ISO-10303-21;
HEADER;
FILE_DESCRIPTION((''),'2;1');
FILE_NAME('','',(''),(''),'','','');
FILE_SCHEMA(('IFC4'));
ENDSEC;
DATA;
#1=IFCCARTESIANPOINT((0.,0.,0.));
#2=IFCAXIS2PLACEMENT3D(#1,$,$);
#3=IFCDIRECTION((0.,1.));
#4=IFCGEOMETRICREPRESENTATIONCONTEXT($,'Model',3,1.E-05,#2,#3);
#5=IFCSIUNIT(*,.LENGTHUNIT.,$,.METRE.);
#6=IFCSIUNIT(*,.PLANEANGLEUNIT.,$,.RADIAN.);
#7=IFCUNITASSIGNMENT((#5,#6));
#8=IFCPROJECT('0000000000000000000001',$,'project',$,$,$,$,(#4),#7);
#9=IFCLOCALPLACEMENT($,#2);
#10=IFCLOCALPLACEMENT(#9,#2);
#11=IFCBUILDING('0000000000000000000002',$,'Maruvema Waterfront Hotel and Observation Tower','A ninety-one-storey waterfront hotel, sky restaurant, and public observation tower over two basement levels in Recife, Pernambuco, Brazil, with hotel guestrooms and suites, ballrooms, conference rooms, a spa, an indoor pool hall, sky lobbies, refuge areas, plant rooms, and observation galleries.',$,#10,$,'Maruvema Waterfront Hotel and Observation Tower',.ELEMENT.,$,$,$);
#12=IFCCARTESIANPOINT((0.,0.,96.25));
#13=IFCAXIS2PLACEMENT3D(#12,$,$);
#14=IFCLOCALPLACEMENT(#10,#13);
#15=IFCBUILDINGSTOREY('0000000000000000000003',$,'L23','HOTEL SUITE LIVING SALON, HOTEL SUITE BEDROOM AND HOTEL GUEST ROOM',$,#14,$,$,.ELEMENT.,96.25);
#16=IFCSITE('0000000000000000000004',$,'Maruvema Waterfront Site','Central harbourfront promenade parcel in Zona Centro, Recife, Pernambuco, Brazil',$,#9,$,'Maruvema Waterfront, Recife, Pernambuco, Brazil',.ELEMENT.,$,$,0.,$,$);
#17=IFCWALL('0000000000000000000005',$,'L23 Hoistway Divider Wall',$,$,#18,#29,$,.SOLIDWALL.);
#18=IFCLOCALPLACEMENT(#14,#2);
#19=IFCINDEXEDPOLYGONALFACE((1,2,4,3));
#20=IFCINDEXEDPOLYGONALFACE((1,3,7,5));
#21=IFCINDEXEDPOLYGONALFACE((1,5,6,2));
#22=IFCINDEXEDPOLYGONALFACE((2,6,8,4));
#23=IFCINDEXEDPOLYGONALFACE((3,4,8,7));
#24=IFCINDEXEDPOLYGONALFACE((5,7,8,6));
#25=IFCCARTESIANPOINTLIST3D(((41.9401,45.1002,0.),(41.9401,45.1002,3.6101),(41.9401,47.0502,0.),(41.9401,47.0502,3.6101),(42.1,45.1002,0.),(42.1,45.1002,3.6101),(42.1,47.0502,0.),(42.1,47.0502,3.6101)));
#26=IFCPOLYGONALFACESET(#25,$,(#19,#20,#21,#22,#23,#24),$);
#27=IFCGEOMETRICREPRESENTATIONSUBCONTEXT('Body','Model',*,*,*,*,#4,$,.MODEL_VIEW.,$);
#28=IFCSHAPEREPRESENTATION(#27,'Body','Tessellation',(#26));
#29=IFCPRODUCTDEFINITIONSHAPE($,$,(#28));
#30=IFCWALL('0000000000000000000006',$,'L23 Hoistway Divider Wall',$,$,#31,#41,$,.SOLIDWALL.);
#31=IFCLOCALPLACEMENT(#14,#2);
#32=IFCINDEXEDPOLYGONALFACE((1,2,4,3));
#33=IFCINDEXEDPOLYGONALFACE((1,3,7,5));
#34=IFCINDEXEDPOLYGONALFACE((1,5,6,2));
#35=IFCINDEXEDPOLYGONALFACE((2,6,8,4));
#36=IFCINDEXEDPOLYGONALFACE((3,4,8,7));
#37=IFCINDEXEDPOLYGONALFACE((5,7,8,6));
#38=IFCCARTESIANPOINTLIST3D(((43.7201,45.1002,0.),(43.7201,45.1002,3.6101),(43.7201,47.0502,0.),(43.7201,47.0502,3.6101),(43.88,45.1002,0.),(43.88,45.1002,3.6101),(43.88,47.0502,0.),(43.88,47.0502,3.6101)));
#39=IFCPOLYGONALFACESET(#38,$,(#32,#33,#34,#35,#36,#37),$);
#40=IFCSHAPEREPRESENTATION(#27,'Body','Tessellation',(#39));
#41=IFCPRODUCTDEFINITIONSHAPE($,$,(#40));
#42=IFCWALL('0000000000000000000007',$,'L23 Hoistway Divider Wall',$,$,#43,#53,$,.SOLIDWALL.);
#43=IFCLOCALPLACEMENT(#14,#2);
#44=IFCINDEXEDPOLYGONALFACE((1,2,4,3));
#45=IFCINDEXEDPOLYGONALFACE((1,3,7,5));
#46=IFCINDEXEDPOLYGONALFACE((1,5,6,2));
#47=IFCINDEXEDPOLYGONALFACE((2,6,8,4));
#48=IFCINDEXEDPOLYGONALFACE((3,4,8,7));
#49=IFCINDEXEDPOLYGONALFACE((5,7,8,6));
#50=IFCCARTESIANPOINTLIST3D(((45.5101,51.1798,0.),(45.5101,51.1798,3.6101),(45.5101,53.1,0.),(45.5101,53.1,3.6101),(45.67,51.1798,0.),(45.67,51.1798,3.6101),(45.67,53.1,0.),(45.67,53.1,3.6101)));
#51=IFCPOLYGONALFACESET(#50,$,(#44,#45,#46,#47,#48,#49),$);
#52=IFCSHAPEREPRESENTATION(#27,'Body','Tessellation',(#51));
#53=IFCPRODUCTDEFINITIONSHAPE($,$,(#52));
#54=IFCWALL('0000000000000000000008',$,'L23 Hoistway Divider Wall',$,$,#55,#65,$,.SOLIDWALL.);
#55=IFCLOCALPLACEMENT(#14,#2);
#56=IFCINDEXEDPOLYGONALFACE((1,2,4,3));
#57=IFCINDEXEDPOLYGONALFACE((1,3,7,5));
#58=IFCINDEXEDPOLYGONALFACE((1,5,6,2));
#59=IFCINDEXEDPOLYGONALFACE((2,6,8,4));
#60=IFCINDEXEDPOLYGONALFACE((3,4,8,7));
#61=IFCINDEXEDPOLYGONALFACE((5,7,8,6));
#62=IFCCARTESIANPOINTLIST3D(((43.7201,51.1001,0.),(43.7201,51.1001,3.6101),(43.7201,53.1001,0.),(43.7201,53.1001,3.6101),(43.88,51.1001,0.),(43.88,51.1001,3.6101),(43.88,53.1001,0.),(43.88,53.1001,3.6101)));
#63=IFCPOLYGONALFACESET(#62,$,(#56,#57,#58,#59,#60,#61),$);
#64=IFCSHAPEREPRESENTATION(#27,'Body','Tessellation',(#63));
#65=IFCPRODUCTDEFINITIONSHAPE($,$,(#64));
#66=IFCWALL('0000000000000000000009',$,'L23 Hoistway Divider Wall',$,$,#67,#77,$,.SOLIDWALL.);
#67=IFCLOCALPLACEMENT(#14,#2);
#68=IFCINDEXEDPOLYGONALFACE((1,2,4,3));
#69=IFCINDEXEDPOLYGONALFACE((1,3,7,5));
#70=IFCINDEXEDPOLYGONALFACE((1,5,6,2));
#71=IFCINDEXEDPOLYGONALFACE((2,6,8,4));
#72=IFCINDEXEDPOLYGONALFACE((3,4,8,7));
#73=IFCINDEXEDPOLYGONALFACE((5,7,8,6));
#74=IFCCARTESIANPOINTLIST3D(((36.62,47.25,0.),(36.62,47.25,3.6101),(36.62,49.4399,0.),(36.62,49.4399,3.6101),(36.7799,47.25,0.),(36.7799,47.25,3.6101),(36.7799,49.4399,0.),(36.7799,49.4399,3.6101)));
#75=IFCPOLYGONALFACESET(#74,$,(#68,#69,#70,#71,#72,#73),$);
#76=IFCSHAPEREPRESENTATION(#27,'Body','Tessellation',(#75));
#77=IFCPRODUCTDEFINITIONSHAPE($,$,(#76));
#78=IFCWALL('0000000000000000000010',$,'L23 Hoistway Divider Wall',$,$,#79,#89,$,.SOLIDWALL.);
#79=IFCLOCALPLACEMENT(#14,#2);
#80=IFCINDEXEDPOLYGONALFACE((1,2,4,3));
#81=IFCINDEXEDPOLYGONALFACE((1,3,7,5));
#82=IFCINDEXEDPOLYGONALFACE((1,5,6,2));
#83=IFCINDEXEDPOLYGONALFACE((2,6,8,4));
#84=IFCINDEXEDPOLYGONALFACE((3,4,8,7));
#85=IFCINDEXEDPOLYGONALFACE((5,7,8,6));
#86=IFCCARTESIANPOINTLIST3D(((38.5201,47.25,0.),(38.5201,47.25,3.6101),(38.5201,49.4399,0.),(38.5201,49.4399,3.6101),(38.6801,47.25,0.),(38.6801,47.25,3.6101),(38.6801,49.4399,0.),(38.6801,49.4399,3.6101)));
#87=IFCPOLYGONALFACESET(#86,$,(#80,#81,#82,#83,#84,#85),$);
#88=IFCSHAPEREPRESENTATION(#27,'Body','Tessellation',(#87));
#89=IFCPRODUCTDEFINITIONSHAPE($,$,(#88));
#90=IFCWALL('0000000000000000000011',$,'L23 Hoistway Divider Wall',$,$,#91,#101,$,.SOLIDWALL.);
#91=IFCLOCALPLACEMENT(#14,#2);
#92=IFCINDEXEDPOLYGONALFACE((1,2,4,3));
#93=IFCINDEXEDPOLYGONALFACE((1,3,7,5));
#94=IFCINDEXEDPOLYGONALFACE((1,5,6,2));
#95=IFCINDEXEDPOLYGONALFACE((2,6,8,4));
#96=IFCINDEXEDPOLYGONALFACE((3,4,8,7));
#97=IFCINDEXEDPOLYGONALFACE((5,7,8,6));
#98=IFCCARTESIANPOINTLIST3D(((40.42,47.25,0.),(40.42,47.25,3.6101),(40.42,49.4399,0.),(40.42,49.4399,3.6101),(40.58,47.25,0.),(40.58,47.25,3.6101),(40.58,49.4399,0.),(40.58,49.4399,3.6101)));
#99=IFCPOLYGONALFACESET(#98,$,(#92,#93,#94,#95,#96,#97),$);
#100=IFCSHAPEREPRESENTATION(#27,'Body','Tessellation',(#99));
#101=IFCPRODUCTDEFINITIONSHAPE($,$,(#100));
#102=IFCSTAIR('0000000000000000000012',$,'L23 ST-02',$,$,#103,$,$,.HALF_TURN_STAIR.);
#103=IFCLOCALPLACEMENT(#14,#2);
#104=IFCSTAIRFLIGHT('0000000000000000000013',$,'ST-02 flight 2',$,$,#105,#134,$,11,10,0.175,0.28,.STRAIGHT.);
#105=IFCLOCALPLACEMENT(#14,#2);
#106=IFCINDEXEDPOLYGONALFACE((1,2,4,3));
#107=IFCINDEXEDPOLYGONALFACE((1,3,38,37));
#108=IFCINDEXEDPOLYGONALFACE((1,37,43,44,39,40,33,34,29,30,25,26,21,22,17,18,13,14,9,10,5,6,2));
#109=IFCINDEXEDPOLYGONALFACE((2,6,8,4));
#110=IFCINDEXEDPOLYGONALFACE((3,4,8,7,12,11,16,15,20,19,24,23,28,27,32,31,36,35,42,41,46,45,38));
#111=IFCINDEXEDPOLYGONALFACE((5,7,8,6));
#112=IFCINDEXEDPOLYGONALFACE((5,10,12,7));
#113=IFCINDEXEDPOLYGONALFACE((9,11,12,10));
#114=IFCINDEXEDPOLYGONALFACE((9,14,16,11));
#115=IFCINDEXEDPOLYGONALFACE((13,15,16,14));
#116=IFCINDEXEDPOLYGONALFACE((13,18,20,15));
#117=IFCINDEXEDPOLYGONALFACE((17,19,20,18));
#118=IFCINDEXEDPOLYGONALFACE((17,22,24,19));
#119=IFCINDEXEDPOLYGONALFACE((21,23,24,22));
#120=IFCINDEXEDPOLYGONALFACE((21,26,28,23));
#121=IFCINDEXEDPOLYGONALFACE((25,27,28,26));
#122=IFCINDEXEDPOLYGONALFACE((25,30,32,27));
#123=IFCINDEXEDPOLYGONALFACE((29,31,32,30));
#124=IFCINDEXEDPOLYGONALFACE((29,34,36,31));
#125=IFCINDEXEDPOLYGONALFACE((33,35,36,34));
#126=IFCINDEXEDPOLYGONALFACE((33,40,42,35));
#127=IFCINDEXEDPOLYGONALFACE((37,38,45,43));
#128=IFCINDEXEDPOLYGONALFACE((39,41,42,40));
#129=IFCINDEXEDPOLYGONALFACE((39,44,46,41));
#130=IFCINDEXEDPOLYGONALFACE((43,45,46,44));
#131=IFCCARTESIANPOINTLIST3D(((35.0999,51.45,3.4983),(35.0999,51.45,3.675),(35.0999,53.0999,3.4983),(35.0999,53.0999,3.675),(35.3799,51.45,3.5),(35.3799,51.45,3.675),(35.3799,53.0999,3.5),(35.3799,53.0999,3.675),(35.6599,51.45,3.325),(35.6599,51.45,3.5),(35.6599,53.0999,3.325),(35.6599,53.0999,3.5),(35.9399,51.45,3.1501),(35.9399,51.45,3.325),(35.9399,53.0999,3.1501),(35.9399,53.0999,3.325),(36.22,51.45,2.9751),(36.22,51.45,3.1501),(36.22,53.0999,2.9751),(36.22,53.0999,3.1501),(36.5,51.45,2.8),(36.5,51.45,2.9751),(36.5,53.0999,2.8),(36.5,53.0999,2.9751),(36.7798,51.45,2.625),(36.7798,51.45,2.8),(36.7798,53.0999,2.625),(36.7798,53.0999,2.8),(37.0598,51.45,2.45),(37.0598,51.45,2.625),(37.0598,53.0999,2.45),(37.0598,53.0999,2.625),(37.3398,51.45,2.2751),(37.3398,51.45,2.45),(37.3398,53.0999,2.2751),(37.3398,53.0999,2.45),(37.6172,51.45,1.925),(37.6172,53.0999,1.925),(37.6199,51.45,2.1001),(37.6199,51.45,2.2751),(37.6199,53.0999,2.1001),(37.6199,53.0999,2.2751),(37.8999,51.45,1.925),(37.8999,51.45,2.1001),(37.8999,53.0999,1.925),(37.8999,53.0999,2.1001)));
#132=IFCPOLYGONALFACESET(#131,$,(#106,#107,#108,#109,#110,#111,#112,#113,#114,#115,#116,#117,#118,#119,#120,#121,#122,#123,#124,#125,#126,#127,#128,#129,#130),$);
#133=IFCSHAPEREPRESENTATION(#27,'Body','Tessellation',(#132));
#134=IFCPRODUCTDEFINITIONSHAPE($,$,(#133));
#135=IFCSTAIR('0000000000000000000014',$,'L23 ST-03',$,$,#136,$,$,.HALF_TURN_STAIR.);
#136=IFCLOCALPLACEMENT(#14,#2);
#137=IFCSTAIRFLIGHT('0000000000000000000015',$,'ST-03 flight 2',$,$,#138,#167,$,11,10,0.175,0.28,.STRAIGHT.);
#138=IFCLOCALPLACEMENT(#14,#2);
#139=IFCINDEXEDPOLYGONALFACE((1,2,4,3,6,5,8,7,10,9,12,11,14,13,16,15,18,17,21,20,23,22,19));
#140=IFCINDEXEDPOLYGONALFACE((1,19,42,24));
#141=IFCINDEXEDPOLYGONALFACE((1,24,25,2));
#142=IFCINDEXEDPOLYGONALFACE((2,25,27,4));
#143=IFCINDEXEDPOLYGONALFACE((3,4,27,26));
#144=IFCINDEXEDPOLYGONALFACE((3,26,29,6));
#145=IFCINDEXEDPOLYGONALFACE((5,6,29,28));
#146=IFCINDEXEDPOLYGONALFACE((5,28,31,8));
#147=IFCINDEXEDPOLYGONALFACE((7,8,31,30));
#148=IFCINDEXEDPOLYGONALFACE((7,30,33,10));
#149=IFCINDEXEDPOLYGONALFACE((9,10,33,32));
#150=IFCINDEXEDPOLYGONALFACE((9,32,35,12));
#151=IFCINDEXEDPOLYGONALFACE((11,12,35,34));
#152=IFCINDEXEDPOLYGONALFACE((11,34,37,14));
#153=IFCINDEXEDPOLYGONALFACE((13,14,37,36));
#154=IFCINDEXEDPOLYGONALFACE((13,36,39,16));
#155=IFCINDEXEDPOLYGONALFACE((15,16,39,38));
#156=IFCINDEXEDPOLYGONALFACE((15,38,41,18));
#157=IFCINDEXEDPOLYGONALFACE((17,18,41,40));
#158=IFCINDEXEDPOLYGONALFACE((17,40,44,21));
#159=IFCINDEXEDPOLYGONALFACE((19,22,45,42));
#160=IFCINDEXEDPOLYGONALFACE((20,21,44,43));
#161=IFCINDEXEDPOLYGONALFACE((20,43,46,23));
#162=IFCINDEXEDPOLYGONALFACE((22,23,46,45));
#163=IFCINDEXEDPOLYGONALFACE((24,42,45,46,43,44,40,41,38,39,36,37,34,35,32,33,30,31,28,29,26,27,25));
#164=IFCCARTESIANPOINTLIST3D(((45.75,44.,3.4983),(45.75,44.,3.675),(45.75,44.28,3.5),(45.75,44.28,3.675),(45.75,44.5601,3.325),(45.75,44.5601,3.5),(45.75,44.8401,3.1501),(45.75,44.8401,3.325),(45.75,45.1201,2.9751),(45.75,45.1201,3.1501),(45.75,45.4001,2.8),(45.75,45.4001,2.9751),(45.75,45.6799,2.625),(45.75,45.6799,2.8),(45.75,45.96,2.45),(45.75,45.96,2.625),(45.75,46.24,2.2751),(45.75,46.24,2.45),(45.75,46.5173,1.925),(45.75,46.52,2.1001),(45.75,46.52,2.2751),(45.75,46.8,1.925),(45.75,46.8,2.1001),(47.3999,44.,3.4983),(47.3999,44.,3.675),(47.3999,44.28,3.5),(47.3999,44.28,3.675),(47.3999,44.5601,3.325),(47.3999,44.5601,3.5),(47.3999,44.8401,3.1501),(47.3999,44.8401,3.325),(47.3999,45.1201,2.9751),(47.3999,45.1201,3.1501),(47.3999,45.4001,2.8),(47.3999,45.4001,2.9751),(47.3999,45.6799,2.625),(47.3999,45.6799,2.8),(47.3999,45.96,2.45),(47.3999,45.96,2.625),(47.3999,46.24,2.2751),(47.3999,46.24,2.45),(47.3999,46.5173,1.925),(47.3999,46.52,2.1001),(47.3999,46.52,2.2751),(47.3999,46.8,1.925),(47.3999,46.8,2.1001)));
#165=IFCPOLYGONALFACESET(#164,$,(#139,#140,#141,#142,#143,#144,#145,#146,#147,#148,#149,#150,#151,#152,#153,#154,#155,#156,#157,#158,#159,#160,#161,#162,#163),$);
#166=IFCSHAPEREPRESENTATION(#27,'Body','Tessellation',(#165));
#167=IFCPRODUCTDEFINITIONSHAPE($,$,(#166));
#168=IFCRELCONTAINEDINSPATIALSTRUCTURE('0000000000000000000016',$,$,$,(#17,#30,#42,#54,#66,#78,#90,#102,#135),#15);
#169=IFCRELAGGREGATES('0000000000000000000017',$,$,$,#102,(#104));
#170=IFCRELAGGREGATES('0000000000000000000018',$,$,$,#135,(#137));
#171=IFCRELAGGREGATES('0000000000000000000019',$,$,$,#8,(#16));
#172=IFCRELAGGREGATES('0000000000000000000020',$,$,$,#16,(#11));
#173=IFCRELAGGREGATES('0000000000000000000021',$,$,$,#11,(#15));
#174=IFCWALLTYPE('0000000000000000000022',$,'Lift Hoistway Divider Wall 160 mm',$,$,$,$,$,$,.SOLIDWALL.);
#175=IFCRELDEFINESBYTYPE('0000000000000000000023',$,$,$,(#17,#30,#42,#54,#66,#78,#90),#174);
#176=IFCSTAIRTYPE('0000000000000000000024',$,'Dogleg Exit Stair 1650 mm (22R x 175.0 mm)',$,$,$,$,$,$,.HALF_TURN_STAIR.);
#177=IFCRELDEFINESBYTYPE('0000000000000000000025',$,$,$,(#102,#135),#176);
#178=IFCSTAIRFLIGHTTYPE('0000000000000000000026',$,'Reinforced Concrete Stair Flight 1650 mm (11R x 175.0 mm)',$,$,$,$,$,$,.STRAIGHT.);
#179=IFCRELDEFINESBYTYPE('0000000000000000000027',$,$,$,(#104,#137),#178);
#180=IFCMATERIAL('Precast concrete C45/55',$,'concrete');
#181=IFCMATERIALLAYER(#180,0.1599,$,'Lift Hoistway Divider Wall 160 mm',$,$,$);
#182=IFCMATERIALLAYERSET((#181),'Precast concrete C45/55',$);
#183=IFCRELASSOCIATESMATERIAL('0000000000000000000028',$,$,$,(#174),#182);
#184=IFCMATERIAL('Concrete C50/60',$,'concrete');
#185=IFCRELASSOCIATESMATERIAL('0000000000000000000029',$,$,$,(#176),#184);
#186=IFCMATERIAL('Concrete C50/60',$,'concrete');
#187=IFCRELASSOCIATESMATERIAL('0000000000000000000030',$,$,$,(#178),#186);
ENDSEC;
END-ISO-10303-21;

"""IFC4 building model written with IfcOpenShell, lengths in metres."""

from ifc_helpers import new_model, si_unit, direction, frame, frame_2d, origin, place, context, subcontext, project, spatial, polyline, rectangle, outline, extrude, material, layer, layer_set, type_object, element, aggregate, save


model = new_model("IFC4")

# Units and contexts
model_context = context("Model", 3, precision=1e-05, world=origin(), true_north=direction((0.0, 1.0)))
body_context = subcontext(model_context, "Body", "Model", "MODEL_VIEW")
ifc_project = project(units=[si_unit("LENGTHUNIT", "METRE"), si_unit("PLANEANGLEUNIT", "RADIAN")], contexts=[model_context])

# Site, building, storey
site_placement = place(None, origin())
site = spatial("IfcSite", under=ifc_project, at=site_placement, Name="Maruvema Waterfront Site", Description="Central harbourfront promenade parcel in Zona Centro, Recife, Pernambuco, Brazil", LongName="Maruvema Waterfront, Recife, Pernambuco, Brazil", CompositionType="ELEMENT", RefElevation=0.0)
building_placement = place(site_placement, origin())
building = spatial("IfcBuilding", under=site, at=building_placement, Name="Maruvema Waterfront Hotel and Observation Tower", Description="A ninety-one-storey waterfront hotel, sky restaurant, and public observation tower over two basement levels in Recife, Pernambuco, Brazil, with hotel guestrooms and suites, ballrooms, conference rooms, a spa, an indoor pool hall, sky lobbies, refuge areas, plant rooms, and observation galleries.", LongName="Maruvema Waterfront Hotel and Observation Tower", CompositionType="ELEMENT")
storey_placement = place(building_placement, frame((0.0, 0.0, 96.25)))
storey = spatial("IfcBuildingStorey", under=building, at=storey_placement, Name="L23", Description="HOTEL SUITE LIVING SALON, HOTEL SUITE BEDROOM AND HOTEL GUEST ROOM", CompositionType="ELEMENT", Elevation=96.25)

# Walls
ifc_material_1 = material(Name="Precast concrete C45/55", Category="concrete")
ifc_layer_1 = layer(ifc_material_1, 0.1599, Name="Lift Hoistway Divider Wall 160 mm")
ifc_layer_set_1 = layer_set([ifc_layer_1], Name="Precast concrete C45/55")
wall_type_1 = type_object("IfcWallType", Name="Lift Hoistway Divider Wall 160 mm", PredefinedType="SOLIDWALL", material=ifc_layer_set_1)
for number, where, z_axis, x_axis, name in (
    (1, (42.02, 45.1001, 0.0), (0.0, 0.0, 1.0), (0.0, 1.0, 0.0), "L23 Hoistway Divider Wall"),
    (2, (43.8, 45.1001, 0.0), (0.0, 0.0, 1.0), (0.0, 1.0, 0.0), "L23 Hoistway Divider Wall"),
):
    element("IfcWall", number, at=place(storey_placement, frame(where, z_axis=z_axis, x_axis=x_axis)), inside=storey, type_object=wall_type_1, Name=name, PredefinedType="SOLIDWALL", context=body_context, shape_type="SweptSolid", body=[
        extrude(rectangle(XDim=1.95, YDim=0.1599, at=frame_2d((0.9751, 0.0))), origin(), (0.0, 0.0, 1.0), 3.6101),
    ])
wall_1_placement = place(storey_placement, frame((45.5901, 51.1799, 0.0), z_axis=(0.0, 0.0, 1.0), x_axis=(0.0, 1.0, 0.0)))
element("IfcWall", 3, at=wall_1_placement, inside=storey, type_object=wall_type_1, Name="L23 Hoistway Divider Wall", PredefinedType="SOLIDWALL", context=body_context, shape_type="SweptSolid", body=[
    extrude(rectangle(XDim=1.9202, YDim=0.1599, at=frame_2d((0.96, 0.0))), origin(), (0.0, 0.0, 1.0), 3.6101),
])
wall_2_placement = place(storey_placement, frame((43.8, 51.1001, 0.0), z_axis=(0.0, 0.0, 1.0), x_axis=(0.0, 1.0, 0.0)))
element("IfcWall", 4, at=wall_2_placement, inside=storey, type_object=wall_type_1, Name="L23 Hoistway Divider Wall", PredefinedType="SOLIDWALL", context=body_context, shape_type="SweptSolid", body=[
    extrude(rectangle(XDim=2.0, YDim=0.1599, at=frame_2d((1.0, 0.0))), origin(), (0.0, 0.0, 1.0), 3.6101),
])
for number, where, z_axis, x_axis, name in (
    (5, (36.7, 47.25, 0.0), (0.0, 0.0, 1.0), (0.0, 1.0, 0.0), "L23 Hoistway Divider Wall"),
    (6, (38.6001, 47.25, 0.0), (0.0, 0.0, 1.0), (0.0, 1.0, 0.0), "L23 Hoistway Divider Wall"),
    (7, (40.5, 47.25, 0.0), (0.0, 0.0, 1.0), (0.0, 1.0, 0.0), "L23 Hoistway Divider Wall"),
):
    element("IfcWall", number, at=place(storey_placement, frame(where, z_axis=z_axis, x_axis=x_axis)), inside=storey, type_object=wall_type_1, Name=name, PredefinedType="SOLIDWALL", context=body_context, shape_type="SweptSolid", body=[
        extrude(rectangle(XDim=2.1899, YDim=0.1599, at=frame_2d((1.095, 0.0))), origin(), (0.0, 0.0, 1.0), 3.6101),
    ])

# Stairs, stair flights
ifc_material_2 = material(Name="Concrete C50/60", Category="concrete")
stair_type = type_object("IfcStairType", Name="Dogleg Exit Stair 1650 mm (22R x 175.0 mm)", PredefinedType="HALF_TURN_STAIR", material=ifc_material_2)
stair_1_placement = place(storey_placement, origin())
stair_1 = element("IfcStair", 8, at=stair_1_placement, inside=storey, type_object=stair_type, Name="L23 ST-02", PredefinedType="HALF_TURN_STAIR")
ifc_material_3 = material(Name="Concrete C50/60", Category="concrete")
stair_flight_type = type_object("IfcStairFlightType", Name="Reinforced Concrete Stair Flight 1650 mm (11R x 175.0 mm)", PredefinedType="STRAIGHT", material=ifc_material_3)
stair_flight_1_placement = place(storey_placement, frame((37.8999, 52.2749, 1.925), z_axis=(0.0, 0.0, 1.0), x_axis=(-1.0, 0.0, 0.0)))
stair_flight_1 = element("IfcStairFlight", 9, at=stair_flight_1_placement, type_object=stair_flight_type, Name="ST-02 flight 2", NumberOfRisers=11, NumberOfTreads=10, PredefinedType="STRAIGHT", RiserHeight=0.175, TreadLength=0.28, context=body_context, shape_type="SweptSolid", body=[
    extrude(outline(polyline([(0.0, 0.0), (0.0, 0.175), (0.28, 0.175), (0.28, 0.3501), (0.5601, 0.3501), (0.5601, 0.5249), (0.8401, 0.5249), (0.8401, 0.7), (1.1201, 0.7), (1.1201, 0.875), (1.3999, 0.875), (1.3999, 1.05), (1.6799, 1.05), (1.6799, 1.2251), (1.96, 1.2251), (1.96, 1.3999), (2.24, 1.3999), (2.24, 1.575), (2.52, 1.575), (2.52, 1.75), (2.8, 1.75), (2.8, 1.925), (2.8, 1.5732), (0.2827, 0.0), (0.0, 0.0)])), frame((0.0, 0.825, 0.0), z_axis=(0.0, -1.0, 0.0), x_axis=(1.0, 0.0, 0.0)), (0.0, 0.0, 1.0), 1.6499),
])
aggregate(stair_1, [stair_flight_1])
stair_2_placement = place(storey_placement, origin())
stair_2 = element("IfcStair", 10, at=stair_2_placement, inside=storey, type_object=stair_type, Name="L23 ST-03", PredefinedType="HALF_TURN_STAIR")
stair_flight_2_placement = place(storey_placement, frame((46.575, 46.8, 1.925), z_axis=(0.0, 0.0, 1.0), x_axis=(0.0, -1.0, 0.0)))
stair_flight_2 = element("IfcStairFlight", 11, at=stair_flight_2_placement, type_object=stair_flight_type, Name="ST-03 flight 2", NumberOfRisers=11, NumberOfTreads=10, PredefinedType="STRAIGHT", RiserHeight=0.175, TreadLength=0.28, context=body_context, shape_type="SweptSolid", body=[
    extrude(outline(polyline([(0.0, 0.0), (0.0, 0.175), (0.28, 0.175), (0.28, 0.3501), (0.5601, 0.3501), (0.5601, 0.5249), (0.8401, 0.5249), (0.8401, 0.7), (1.1201, 0.7), (1.1201, 0.875), (1.3999, 0.875), (1.3999, 1.05), (1.6799, 1.05), (1.6799, 1.2251), (1.96, 1.2251), (1.96, 1.3999), (2.24, 1.3999), (2.24, 1.575), (2.52, 1.575), (2.52, 1.75), (2.8, 1.75), (2.8, 1.925), (2.8, 1.5732), (0.2827, 0.0), (0.0, 0.0)])), frame((0.0, 0.825, 0.0), z_axis=(0.0, -1.0, 0.0), x_axis=(1.0, 0.0, 0.0)), (0.0, 0.0, 1.0), 1.6499),
])
aggregate(stair_2, [stair_flight_2])

save(model, "model.ifc")
